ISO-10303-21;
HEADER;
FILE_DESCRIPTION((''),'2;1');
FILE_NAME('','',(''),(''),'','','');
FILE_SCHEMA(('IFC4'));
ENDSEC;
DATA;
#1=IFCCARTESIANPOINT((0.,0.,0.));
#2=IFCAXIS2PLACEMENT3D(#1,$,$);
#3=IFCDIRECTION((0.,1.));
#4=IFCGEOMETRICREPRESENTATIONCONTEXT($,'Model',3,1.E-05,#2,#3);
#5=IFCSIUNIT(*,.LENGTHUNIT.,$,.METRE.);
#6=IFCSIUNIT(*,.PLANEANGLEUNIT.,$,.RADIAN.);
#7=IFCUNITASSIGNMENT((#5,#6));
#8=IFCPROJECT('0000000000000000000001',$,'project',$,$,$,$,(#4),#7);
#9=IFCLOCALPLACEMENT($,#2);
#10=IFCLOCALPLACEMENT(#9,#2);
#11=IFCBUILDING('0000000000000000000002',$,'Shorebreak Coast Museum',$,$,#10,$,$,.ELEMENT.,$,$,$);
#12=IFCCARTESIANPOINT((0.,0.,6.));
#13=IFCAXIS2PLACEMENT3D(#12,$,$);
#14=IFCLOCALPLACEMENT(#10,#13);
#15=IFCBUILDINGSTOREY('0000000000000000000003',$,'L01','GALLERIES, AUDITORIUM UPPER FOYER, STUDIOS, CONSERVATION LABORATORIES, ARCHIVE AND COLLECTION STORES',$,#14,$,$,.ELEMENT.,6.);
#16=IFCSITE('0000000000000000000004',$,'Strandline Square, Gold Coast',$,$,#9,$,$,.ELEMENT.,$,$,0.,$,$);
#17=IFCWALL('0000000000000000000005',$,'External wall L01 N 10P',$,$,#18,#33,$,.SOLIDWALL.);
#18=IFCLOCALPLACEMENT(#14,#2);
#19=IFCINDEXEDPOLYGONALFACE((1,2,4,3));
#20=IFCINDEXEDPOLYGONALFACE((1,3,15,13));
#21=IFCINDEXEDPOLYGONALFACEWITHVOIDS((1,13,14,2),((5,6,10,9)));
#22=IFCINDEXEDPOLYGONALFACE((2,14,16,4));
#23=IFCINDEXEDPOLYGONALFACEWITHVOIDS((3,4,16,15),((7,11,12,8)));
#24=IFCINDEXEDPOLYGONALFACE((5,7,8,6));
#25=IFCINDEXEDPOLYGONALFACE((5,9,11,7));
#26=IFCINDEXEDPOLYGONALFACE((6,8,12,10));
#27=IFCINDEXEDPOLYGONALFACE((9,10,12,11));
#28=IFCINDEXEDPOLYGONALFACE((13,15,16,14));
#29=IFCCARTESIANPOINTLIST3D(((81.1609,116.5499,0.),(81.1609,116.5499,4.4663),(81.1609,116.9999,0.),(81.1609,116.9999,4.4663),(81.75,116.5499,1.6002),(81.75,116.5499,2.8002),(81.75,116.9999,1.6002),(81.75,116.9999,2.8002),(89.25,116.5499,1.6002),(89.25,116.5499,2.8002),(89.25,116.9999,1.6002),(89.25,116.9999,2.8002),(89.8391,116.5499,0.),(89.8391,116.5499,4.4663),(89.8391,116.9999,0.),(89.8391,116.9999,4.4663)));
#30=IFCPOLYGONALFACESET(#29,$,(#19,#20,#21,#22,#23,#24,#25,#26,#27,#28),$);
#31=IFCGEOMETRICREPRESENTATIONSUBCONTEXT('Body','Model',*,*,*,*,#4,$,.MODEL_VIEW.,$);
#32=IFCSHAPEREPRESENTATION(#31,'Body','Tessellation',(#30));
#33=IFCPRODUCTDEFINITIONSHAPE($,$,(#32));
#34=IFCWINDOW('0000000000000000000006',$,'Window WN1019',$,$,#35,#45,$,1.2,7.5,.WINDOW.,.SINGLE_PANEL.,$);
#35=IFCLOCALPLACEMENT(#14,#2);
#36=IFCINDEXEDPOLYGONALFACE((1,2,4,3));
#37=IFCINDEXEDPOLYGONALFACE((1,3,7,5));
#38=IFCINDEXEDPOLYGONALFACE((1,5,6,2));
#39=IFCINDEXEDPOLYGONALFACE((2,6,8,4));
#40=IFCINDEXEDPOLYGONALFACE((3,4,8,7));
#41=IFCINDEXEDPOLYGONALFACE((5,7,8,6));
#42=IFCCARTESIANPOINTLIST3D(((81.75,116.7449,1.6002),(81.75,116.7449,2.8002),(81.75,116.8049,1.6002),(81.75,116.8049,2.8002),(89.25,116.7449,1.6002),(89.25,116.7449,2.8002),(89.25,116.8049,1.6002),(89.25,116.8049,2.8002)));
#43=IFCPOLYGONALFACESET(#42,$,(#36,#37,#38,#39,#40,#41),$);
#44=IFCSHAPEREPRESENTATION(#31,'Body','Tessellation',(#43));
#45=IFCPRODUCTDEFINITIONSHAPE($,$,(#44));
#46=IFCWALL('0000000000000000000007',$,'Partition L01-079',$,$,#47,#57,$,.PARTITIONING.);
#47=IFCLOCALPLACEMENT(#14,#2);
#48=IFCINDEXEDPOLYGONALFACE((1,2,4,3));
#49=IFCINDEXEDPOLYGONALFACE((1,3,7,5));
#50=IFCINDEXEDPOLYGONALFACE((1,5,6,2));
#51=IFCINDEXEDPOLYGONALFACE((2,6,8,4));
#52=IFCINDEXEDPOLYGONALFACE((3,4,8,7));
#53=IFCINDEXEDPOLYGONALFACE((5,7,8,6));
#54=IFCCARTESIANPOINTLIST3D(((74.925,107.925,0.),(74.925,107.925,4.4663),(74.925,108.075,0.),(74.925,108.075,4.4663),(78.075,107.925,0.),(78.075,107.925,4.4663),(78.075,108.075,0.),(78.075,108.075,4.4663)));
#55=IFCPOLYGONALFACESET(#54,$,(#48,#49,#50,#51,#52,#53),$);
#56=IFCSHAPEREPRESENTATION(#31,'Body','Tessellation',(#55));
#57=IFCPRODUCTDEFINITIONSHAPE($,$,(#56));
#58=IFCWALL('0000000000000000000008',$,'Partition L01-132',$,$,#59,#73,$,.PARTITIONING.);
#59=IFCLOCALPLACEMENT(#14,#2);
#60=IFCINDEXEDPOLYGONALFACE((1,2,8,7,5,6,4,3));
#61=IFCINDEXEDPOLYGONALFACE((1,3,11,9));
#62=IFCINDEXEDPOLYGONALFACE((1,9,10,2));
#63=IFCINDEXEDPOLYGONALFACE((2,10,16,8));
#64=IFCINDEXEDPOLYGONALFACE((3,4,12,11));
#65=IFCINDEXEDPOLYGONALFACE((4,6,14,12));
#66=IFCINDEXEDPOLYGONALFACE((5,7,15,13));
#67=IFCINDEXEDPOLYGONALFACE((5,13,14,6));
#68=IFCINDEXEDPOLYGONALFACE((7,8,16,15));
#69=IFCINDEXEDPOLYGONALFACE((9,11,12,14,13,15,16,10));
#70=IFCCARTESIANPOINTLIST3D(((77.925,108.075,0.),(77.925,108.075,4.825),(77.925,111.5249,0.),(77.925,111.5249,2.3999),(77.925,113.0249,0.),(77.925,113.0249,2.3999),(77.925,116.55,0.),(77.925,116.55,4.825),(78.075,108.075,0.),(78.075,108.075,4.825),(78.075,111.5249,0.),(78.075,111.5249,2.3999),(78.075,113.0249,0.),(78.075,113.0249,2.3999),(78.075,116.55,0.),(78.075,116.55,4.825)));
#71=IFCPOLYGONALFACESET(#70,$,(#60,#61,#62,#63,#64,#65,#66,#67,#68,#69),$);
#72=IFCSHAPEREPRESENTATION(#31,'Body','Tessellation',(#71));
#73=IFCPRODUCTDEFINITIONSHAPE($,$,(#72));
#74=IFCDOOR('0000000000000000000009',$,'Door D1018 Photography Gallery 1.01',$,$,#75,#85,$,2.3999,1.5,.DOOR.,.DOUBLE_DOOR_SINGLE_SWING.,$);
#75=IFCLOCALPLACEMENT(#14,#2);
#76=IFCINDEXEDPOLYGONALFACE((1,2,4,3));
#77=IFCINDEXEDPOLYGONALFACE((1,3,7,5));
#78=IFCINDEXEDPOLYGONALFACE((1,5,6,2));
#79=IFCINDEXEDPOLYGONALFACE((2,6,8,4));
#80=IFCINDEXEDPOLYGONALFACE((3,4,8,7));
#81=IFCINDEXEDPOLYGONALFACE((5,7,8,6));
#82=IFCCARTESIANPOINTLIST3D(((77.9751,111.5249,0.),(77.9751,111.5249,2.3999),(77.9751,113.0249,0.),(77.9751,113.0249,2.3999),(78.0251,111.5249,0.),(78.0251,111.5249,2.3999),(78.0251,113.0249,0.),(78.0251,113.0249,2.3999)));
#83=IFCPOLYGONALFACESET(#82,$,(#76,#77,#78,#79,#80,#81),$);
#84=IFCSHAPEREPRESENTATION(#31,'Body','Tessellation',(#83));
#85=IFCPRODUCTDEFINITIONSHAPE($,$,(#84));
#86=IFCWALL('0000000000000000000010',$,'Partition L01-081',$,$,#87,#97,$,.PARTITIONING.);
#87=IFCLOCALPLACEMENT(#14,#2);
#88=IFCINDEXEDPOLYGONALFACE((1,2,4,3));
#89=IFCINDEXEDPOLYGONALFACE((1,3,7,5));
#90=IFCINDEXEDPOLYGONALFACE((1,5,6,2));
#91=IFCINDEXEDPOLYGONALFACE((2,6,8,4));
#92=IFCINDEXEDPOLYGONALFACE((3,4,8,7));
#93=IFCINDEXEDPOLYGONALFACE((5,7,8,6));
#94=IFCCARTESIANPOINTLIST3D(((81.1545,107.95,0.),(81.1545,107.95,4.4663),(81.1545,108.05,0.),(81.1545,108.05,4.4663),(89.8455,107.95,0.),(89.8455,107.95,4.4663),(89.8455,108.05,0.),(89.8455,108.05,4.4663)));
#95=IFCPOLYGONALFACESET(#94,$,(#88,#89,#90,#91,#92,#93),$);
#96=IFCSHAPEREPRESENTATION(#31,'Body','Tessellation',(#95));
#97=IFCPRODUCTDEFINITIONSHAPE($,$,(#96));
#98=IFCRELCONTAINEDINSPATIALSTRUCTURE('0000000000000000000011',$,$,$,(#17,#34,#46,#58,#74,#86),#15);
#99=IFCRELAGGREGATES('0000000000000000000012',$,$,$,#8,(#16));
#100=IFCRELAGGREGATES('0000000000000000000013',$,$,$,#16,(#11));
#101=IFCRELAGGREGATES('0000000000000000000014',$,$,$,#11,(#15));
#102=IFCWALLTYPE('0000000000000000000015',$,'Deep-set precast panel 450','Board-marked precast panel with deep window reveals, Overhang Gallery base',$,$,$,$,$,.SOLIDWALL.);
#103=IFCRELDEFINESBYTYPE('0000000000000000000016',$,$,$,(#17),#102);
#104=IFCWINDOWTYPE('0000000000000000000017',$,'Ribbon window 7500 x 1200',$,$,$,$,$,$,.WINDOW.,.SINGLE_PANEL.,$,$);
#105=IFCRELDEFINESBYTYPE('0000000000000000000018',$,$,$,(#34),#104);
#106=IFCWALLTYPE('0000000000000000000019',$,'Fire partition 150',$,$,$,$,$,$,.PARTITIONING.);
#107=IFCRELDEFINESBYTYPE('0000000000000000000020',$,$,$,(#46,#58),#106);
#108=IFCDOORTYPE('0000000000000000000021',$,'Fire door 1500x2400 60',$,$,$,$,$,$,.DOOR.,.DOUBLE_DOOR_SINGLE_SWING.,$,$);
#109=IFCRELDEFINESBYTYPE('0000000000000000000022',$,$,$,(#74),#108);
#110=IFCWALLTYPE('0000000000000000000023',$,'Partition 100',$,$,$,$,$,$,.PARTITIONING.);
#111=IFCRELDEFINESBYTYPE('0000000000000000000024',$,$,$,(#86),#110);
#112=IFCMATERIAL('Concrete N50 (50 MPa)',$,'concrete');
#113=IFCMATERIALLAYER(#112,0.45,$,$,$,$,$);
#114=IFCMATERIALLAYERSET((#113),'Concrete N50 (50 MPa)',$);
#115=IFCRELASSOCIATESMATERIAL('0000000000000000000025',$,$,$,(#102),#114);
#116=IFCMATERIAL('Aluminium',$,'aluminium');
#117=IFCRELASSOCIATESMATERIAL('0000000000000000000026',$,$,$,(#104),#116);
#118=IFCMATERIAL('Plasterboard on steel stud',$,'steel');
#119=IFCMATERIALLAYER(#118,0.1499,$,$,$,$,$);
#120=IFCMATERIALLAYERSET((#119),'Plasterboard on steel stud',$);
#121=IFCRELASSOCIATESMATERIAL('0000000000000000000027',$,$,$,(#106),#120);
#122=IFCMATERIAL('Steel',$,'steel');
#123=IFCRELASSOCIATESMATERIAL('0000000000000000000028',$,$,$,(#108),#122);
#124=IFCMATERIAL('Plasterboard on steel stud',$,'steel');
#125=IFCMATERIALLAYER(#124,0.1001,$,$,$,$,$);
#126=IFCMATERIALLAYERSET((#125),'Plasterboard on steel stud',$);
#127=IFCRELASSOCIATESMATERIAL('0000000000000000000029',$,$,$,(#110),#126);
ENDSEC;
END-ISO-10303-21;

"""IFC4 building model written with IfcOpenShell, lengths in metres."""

from ifc_helpers import new_model, si_unit, direction, frame, frame_2d, origin, place, context, subcontext, project, spatial, rectangle, extrude, material, layer, layer_set, type_object, element, fill, save


model = new_model("IFC4")

# Units and contexts
model_context = context("Model", 3, precision=1e-05, world=origin(), true_north=direction((0.0, 1.0)))
body_context = subcontext(model_context, "Body", "Model", "MODEL_VIEW")
ifc_project = project(units=[si_unit("LENGTHUNIT", "METRE"), si_unit("PLANEANGLEUNIT", "RADIAN")], contexts=[model_context])

# Site, building, storey
site_placement = place(None, origin())
site = spatial("IfcSite", under=ifc_project, at=site_placement, Name="Strandline Square, Gold Coast", CompositionType="ELEMENT", RefElevation=0.0)
building_placement = place(site_placement, origin())
building = spatial("IfcBuilding", under=site, at=building_placement, Name="Shorebreak Coast Museum", CompositionType="ELEMENT")
storey_placement = place(building_placement, frame((0.0, 0.0, 6.0)))
storey = spatial("IfcBuildingStorey", under=building, at=storey_placement, Name="L01", Description="GALLERIES, AUDITORIUM UPPER FOYER, STUDIOS, CONSERVATION LABORATORIES, ARCHIVE AND COLLECTION STORES", CompositionType="ELEMENT", Elevation=6.0)

# Wall, opening, window
ifc_material_1 = material(Name="Concrete N50 (50 MPa)", Category="concrete")
ifc_layer_1 = layer(ifc_material_1, 0.45)
ifc_layer_set_1 = layer_set([ifc_layer_1], Name="Concrete N50 (50 MPa)")
wall_type_1 = type_object("IfcWallType", Name="Deep-set precast panel 450", Description="Board-marked precast panel with deep window reveals, Overhang Gallery base", PredefinedType="SOLIDWALL", material=ifc_layer_set_1)
ifc_material_2 = material(Name="Aluminium", Category="aluminium")
window_type = type_object("IfcWindowType", Name="Ribbon window 7500 x 1200", PartitioningType="SINGLE_PANEL", PredefinedType="WINDOW", material=ifc_material_2)
wall_1_placement = place(storey_placement, frame((81.1609, 116.7749, 0.0), z_axis=(0.0, 0.0, 1.0), x_axis=(1.0, 0.0, 0.0)))
wall_1 = element("IfcWall", 1, at=wall_1_placement, inside=storey, type_object=wall_type_1, Name="External wall L01 N 10P", PredefinedType="SOLIDWALL", context=body_context, shape_type="SweptSolid", body=[
    extrude(rectangle(XDim=8.6782, YDim=0.45, at=frame_2d((4.3391, 0.0))), origin(), (0.0, 0.0, 1.0), 4.4663),
])
opening_1_placement = place(wall_1_placement, frame((0.5891, 0.0, 1.6001)))
opening_1 = element("IfcOpeningElement", 2, at=opening_1_placement, cuts=wall_1, PredefinedType="OPENING", context=body_context, shape_type="SweptSolid", body=[
    extrude(rectangle(XDim=7.5, YDim=1.2, at=frame_2d((3.75, 0.6001))), frame((0.0, 0.2349, 0.0), z_axis=(0.0, -1.0, 0.0), x_axis=(1.0, 0.0, 0.0)), (0.0, 0.0, 1.0), 0.47),
])
window_1_placement = place(opening_1_placement, origin())
window_1 = element("IfcWindow", 3, at=window_1_placement, inside=storey, type_object=window_type, Name="Window WN1019", OverallHeight=1.2, OverallWidth=7.5, PartitioningType="SINGLE_PANEL", PredefinedType="WINDOW", context=body_context, shape_type="SweptSolid", body=[
    extrude(rectangle(XDim=7.5, YDim=1.2, at=frame_2d((3.75, 0.6001))), frame((0.0, 0.03, 0.0), z_axis=(0.0, -1.0, 0.0), x_axis=(1.0, 0.0, 0.0)), (0.0, 0.0, 1.0), 0.0601),
])
fill(opening_1, window_1)

# Wall
ifc_material_3 = material(Name="Plasterboard on steel stud", Category="steel")
ifc_layer_2 = layer(ifc_material_3, 0.1499)
ifc_layer_set_2 = layer_set([ifc_layer_2], Name="Plasterboard on steel stud")
wall_type_2 = type_object("IfcWallType", Name="Fire partition 150", PredefinedType="PARTITIONING", material=ifc_layer_set_2)
wall_2_placement = place(storey_placement, frame((74.925, 108.0, 0.0), z_axis=(0.0, 0.0, 1.0), x_axis=(1.0, 0.0, 0.0)))
element("IfcWall", 4, at=wall_2_placement, inside=storey, type_object=wall_type_2, Name="Partition L01-079", PredefinedType="PARTITIONING", context=body_context, shape_type="SweptSolid", body=[
    extrude(rectangle(XDim=3.1499, YDim=0.1499, at=frame_2d((1.575, 0.0))), origin(), (0.0, 0.0, 1.0), 4.4663),
])

# Wall, opening, door
wall_3_placement = place(storey_placement, frame((78.0, 108.075, 0.0), z_axis=(0.0, 0.0, 1.0), x_axis=(0.0, 1.0, 0.0)))
wall_3 = element("IfcWall", 5, at=wall_3_placement, inside=storey, type_object=wall_type_2, Name="Partition L01-132", PredefinedType="PARTITIONING", context=body_context, shape_type="SweptSolid", body=[
    extrude(rectangle(XDim=8.4751, YDim=0.1499, at=frame_2d((4.2375, 0.0))), origin(), (0.0, 0.0, 1.0), 4.825),
])
opening_2_placement = place(wall_3_placement, frame((3.45, 0.0, 0.0)))
opening_2 = element("IfcOpeningElement", 6, at=opening_2_placement, cuts=wall_3, PredefinedType="OPENING", context=body_context, shape_type="SweptSolid", body=[
    extrude(rectangle(XDim=1.5, YDim=2.3999, at=frame_2d((0.75, 1.2))), frame((0.0, 0.085, 0.0), z_axis=(0.0, -1.0, 0.0), x_axis=(1.0, 0.0, 0.0)), (0.0, 0.0, 1.0), 0.1699),
])
ifc_material_4 = material(Name="Steel", Category="steel")
door_type_1 = type_object("IfcDoorType", Name="Fire door 1500x2400 60", OperationType="DOUBLE_DOOR_SINGLE_SWING", PredefinedType="DOOR", material=ifc_material_4)
door_1_placement = place(opening_2_placement, origin())
door_1 = element("IfcDoor", 7, at=door_1_placement, inside=storey, type_object=door_type_1, Name="Door D1018 Photography Gallery 1.01", OperationType="DOUBLE_DOOR_SINGLE_SWING", OverallHeight=2.3999, OverallWidth=1.5, PredefinedType="DOOR", context=body_context, shape_type="SweptSolid", body=[
    extrude(rectangle(XDim=1.5, YDim=2.3999, at=frame_2d((0.75, 1.2))), frame((0.0, 0.0249, 0.0), z_axis=(0.0, -1.0, 0.0), x_axis=(1.0, 0.0, 0.0)), (0.0, 0.0, 1.0), 0.05),
])
fill(opening_2, door_1)
ifc_material_5 = material(Name="Plasterboard on steel stud", Category="steel")
ifc_layer_3 = layer(ifc_material_5, 0.1001)
ifc_layer_set_3 = layer_set([ifc_layer_3], Name="Plasterboard on steel stud")
wall_type_3 = type_object("IfcWallType", Name="Partition 100", PredefinedType="PARTITIONING", material=ifc_layer_set_3)

# Wall
wall_4_placement = place(storey_placement, frame((81.1545, 108.0, 0.0), z_axis=(0.0, 0.0, 1.0), x_axis=(1.0, 0.0, 0.0)))
element("IfcWall", 8, at=wall_4_placement, inside=storey, type_object=wall_type_3, Name="Partition L01-081", PredefinedType="PARTITIONING", context=body_context, shape_type="SweptSolid", body=[
    extrude(rectangle(XDim=8.6909, YDim=0.1001, at=frame_2d((4.3455, 0.0))), origin(), (0.0, 0.0, 1.0), 4.4663),
])

save(model, "model.ifc")
